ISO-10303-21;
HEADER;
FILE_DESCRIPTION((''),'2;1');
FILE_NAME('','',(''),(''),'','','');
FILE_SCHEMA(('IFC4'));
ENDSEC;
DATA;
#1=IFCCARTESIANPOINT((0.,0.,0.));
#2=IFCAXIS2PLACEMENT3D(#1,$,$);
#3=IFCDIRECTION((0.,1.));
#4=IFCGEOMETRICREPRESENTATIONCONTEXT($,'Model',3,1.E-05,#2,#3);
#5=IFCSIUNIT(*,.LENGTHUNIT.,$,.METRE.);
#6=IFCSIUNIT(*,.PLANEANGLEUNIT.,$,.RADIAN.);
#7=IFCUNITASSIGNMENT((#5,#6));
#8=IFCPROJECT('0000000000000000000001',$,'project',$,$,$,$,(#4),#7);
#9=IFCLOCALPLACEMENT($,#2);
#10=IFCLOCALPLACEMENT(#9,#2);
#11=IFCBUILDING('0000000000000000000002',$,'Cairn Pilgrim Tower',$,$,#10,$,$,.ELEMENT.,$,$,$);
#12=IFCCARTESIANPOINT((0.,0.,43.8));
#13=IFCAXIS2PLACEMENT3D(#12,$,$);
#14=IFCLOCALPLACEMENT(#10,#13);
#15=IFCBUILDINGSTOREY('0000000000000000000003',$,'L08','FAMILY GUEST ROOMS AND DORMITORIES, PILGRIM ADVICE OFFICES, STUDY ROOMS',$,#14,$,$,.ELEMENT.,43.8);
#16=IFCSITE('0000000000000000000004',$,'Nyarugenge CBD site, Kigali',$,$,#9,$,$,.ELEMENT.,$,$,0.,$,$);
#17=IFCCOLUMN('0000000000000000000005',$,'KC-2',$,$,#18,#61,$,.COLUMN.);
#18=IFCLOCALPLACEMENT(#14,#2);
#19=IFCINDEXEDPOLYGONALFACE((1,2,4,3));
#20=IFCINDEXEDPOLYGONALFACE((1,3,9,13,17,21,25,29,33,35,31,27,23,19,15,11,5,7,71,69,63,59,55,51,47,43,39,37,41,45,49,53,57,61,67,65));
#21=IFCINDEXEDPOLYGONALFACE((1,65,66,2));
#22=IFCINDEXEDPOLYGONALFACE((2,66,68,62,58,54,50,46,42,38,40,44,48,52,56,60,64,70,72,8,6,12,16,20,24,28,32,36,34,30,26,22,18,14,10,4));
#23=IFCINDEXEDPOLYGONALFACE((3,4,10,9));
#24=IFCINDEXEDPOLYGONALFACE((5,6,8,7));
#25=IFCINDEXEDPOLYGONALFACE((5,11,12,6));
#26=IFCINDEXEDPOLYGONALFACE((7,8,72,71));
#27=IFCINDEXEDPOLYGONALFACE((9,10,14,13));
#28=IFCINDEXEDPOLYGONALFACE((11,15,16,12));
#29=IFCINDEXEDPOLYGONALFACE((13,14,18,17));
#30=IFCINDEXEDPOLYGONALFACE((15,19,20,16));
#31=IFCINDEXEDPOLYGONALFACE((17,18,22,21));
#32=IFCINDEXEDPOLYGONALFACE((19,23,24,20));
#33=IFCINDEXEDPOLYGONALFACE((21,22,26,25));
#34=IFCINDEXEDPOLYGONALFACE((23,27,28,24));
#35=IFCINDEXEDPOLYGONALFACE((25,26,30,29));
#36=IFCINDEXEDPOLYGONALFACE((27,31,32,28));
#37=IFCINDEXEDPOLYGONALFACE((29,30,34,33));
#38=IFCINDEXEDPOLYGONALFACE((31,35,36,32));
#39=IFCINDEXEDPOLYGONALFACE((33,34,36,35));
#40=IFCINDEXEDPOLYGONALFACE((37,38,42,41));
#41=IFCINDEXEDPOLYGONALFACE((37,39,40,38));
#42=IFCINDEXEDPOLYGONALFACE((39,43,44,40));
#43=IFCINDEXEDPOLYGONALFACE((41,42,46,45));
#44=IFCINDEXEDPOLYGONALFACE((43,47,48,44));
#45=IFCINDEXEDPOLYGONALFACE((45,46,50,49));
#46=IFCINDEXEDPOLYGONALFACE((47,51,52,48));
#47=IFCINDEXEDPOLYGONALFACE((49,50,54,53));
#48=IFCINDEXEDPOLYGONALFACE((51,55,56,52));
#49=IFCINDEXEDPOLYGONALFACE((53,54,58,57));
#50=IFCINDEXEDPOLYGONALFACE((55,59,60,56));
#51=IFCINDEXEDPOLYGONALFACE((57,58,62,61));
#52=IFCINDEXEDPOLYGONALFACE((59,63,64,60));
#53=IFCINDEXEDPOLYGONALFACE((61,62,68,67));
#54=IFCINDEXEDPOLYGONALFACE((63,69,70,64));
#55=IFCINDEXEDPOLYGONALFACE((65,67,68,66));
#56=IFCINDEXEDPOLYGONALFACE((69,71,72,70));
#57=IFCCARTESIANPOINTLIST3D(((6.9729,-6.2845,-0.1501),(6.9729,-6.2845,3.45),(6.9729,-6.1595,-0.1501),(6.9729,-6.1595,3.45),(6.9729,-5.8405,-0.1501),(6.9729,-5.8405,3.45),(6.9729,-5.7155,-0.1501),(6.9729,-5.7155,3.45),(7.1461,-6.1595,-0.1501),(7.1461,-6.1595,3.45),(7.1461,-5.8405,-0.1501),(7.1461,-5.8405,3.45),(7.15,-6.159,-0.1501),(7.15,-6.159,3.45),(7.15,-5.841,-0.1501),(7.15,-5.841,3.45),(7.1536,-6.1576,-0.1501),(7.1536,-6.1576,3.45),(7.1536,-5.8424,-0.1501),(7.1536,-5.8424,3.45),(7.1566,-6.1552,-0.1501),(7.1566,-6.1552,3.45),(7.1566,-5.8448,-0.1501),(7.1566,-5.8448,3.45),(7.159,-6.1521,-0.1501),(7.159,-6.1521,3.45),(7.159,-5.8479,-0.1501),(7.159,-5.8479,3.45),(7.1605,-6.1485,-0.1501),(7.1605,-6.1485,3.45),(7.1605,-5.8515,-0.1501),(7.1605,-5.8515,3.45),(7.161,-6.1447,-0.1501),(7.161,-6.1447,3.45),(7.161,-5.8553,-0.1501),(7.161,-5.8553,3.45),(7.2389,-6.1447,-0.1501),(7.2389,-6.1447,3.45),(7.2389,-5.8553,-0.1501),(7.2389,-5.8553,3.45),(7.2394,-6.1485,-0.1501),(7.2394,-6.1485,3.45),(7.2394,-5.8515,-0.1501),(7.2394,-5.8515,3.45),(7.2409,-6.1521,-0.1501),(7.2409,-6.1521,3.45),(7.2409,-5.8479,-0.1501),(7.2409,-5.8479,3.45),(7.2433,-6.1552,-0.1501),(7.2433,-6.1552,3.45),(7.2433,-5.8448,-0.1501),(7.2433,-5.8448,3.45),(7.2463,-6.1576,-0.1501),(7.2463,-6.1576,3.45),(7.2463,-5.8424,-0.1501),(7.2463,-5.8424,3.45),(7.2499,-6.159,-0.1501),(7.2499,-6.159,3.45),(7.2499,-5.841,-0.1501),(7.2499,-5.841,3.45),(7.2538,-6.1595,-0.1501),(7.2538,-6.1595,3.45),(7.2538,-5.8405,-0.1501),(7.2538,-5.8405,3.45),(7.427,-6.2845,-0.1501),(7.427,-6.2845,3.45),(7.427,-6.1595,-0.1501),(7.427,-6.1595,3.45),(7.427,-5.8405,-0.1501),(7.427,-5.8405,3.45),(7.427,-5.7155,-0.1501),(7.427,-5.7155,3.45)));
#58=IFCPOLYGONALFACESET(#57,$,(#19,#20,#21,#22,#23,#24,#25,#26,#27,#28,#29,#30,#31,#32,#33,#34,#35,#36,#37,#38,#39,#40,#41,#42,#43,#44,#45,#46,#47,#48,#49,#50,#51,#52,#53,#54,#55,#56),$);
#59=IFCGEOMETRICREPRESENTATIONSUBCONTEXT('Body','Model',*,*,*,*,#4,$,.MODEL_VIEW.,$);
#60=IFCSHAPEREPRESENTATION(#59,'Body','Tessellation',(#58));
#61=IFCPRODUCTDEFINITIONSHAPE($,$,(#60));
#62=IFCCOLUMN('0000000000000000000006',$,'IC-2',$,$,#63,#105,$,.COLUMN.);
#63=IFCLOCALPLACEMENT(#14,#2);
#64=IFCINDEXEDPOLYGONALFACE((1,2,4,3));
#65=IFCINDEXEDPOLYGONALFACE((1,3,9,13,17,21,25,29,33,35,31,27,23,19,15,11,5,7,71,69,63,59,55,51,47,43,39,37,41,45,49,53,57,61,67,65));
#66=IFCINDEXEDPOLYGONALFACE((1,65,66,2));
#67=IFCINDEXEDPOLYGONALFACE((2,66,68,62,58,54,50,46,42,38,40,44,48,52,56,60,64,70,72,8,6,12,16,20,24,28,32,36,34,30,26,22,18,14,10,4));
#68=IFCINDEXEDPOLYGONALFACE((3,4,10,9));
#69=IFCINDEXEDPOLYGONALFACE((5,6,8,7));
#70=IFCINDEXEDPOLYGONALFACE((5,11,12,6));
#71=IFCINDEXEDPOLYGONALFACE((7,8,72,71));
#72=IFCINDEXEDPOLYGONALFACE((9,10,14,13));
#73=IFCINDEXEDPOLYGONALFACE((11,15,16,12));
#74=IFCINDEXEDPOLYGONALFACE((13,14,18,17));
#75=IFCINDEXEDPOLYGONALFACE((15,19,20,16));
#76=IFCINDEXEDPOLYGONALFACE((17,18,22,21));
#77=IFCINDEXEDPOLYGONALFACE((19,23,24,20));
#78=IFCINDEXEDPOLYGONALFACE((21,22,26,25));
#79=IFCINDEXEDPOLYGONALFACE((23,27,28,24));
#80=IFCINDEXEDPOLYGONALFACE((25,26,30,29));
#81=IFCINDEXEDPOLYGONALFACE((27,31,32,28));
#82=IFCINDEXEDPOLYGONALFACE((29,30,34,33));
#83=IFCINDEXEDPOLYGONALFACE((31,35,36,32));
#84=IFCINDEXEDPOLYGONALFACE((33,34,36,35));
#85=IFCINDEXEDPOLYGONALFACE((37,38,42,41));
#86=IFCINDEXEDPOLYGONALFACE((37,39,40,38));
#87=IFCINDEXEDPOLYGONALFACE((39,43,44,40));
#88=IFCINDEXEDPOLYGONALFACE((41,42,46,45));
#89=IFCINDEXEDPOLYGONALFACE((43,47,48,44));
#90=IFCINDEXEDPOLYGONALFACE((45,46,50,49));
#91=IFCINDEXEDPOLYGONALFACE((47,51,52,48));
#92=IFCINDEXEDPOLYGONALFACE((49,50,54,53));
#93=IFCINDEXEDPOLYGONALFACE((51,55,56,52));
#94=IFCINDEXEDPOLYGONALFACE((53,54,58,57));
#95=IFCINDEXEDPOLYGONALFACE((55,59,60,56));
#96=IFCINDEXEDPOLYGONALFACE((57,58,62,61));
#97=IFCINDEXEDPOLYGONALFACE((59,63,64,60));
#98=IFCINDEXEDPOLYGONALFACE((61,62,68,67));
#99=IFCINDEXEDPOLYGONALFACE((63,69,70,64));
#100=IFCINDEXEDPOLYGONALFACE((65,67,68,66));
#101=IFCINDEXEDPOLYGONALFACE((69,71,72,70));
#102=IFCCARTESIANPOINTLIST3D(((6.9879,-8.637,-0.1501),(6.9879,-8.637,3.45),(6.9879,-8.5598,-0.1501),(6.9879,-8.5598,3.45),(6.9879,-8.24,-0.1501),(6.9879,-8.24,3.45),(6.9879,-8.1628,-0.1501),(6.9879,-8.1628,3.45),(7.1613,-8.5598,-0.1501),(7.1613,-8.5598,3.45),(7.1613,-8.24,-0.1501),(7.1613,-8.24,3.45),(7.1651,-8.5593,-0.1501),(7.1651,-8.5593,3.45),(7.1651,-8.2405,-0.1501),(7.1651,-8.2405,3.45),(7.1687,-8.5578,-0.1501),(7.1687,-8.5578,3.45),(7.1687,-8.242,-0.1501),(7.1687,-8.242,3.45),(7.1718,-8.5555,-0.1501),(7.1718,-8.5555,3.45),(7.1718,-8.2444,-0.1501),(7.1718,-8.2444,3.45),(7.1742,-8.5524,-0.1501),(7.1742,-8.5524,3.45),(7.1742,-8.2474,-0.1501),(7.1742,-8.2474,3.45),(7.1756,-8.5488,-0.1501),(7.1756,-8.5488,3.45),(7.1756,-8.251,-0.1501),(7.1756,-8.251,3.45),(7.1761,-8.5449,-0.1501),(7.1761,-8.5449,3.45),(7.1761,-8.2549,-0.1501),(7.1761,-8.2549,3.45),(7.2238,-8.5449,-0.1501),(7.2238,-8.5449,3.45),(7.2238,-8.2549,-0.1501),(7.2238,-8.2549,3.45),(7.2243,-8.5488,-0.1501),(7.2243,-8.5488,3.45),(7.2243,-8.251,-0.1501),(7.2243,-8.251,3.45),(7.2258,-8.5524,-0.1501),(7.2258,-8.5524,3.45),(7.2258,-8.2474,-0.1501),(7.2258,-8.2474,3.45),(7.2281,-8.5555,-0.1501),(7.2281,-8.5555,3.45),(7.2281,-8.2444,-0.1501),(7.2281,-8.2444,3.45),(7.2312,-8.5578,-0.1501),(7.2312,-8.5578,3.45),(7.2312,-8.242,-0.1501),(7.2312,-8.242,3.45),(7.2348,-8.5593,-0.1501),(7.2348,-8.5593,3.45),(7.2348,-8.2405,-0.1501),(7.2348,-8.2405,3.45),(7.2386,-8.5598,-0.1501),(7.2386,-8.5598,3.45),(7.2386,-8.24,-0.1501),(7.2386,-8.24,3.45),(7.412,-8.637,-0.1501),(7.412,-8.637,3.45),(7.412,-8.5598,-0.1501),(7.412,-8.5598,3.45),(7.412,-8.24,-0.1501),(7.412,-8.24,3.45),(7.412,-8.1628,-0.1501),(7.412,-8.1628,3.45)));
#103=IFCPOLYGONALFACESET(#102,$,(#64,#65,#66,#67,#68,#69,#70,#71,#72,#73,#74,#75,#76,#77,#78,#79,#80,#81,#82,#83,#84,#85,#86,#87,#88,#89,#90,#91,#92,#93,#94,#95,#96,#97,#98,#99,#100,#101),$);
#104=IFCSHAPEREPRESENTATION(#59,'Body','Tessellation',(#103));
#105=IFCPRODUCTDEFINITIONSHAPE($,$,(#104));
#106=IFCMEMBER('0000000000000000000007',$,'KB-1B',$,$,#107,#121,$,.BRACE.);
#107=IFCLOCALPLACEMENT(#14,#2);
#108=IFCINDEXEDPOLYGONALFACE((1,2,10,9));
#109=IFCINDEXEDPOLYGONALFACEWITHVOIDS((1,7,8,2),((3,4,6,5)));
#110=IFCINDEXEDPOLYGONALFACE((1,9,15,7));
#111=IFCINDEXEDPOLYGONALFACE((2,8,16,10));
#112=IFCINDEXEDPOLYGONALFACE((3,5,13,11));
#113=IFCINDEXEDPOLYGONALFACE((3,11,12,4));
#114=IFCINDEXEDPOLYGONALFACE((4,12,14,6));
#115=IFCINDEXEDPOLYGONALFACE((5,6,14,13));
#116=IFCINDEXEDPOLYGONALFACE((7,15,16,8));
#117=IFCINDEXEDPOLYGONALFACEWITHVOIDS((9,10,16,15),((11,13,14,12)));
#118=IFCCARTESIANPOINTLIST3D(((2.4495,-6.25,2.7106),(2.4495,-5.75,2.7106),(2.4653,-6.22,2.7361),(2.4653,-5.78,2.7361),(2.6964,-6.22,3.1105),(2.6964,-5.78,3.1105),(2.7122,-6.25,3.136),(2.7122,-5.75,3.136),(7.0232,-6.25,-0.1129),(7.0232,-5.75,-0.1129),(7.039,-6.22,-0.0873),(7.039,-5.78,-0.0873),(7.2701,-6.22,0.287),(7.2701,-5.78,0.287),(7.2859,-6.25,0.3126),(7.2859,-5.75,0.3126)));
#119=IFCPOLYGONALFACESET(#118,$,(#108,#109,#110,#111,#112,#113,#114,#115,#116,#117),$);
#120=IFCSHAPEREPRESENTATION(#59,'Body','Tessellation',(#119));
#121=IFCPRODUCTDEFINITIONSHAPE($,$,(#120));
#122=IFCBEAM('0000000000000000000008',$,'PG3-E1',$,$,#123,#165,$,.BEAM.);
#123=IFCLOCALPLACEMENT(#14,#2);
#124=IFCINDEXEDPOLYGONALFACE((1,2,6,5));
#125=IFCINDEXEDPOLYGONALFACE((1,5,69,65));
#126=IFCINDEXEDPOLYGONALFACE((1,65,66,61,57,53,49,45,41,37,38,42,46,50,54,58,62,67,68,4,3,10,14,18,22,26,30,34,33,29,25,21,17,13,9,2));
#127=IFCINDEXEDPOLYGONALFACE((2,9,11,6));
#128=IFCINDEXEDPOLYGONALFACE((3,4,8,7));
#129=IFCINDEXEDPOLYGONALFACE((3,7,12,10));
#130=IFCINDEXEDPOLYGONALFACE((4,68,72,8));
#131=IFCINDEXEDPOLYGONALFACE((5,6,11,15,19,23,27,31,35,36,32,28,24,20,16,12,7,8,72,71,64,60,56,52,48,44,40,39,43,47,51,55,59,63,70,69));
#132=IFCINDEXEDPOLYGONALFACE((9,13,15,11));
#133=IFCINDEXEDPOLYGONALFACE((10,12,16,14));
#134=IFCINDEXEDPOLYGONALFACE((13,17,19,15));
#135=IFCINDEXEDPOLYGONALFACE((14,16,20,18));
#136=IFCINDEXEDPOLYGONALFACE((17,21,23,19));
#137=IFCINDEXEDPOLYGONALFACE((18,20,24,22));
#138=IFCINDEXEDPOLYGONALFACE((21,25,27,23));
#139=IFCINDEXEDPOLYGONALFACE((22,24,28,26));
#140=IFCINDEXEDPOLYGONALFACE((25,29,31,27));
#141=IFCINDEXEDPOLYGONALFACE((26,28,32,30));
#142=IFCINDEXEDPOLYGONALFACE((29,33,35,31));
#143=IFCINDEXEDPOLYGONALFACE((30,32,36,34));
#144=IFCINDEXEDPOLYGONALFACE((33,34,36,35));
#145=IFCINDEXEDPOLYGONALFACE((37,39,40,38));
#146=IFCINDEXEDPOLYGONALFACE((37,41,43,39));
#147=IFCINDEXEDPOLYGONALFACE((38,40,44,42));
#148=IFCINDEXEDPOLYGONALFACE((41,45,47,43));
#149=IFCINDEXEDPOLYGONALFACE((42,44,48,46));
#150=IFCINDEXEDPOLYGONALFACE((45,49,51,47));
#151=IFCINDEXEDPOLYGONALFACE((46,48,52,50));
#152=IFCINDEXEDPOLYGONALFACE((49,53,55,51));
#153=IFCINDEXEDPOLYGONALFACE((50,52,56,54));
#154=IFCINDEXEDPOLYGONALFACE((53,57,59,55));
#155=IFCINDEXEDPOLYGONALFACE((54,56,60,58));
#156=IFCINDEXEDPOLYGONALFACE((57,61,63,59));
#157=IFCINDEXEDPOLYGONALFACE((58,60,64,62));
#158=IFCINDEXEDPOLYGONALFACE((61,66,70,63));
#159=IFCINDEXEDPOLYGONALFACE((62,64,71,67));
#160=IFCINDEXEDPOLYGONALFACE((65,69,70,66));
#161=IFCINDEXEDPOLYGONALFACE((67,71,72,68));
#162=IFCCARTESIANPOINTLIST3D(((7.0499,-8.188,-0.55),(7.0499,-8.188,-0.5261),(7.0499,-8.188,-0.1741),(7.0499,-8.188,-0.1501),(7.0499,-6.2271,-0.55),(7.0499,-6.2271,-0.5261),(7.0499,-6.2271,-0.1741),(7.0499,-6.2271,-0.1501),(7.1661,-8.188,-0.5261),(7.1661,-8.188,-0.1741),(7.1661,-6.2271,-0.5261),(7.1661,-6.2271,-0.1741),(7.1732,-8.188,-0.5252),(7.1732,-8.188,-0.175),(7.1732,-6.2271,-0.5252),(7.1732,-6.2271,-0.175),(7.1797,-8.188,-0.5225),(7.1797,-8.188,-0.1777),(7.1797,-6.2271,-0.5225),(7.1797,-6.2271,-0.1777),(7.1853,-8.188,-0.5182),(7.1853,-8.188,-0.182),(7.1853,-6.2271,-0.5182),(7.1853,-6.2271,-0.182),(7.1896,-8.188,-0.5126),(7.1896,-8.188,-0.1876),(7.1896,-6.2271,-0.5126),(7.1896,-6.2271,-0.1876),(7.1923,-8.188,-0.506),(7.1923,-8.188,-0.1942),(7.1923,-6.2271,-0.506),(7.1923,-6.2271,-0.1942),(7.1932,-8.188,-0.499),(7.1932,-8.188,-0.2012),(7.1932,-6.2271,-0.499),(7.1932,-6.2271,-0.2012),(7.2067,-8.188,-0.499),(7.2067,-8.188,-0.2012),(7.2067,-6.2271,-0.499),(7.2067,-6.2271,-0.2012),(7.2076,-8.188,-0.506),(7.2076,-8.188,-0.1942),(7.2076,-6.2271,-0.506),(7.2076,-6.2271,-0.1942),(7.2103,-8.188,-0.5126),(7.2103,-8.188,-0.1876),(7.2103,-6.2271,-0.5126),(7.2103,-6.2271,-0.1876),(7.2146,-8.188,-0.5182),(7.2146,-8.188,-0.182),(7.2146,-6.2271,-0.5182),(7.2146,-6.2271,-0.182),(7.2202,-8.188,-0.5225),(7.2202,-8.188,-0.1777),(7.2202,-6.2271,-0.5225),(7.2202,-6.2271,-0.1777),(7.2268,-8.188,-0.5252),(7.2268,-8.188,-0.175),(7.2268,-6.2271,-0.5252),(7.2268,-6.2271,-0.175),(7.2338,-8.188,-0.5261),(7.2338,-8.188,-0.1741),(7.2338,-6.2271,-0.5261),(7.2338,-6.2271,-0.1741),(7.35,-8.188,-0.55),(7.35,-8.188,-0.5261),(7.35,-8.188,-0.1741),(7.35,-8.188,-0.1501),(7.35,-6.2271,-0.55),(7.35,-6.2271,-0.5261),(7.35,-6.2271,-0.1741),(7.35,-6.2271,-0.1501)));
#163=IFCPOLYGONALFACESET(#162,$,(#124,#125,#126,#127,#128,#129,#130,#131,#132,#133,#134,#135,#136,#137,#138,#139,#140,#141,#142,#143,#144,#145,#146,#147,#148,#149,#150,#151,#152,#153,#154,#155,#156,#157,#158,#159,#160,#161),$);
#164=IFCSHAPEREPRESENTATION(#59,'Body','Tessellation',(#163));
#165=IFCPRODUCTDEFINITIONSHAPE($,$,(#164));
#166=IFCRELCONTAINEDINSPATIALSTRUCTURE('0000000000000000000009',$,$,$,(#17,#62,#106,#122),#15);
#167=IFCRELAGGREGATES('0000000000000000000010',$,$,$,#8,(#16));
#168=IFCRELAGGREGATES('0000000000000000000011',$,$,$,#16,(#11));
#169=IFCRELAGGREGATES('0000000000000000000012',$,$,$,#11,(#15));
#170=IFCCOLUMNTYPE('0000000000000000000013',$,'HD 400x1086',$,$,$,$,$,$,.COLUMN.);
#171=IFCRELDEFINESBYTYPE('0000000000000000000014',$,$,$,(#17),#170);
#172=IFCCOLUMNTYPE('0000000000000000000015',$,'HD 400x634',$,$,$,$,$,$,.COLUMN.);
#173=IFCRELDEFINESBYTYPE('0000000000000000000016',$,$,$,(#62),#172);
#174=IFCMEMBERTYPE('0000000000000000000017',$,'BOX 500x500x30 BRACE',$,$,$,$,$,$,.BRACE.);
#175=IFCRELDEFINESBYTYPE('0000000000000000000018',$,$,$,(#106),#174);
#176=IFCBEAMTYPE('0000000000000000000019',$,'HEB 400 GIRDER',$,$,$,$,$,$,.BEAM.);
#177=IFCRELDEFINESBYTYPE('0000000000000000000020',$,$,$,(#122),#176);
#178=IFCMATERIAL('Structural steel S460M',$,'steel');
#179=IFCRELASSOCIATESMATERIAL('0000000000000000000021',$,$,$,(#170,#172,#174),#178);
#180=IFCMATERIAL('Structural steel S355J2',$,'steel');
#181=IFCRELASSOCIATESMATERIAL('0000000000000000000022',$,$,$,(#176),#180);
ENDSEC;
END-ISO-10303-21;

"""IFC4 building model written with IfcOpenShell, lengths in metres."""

from ifc_helpers import new_model, si_unit, direction, frame, origin, origin_2d, place, context, subcontext, project, spatial, hollow_rectangle, i_section, extrude, material, material_profile, profile_set, type_object, element, save


model = new_model("IFC4")

# Units and contexts
model_context = context("Model", 3, precision=1e-05, world=origin(), true_north=direction((0.0, 1.0)))
body_context = subcontext(model_context, "Body", "Model", "MODEL_VIEW")
ifc_project = project(units=[si_unit("LENGTHUNIT", "METRE"), si_unit("PLANEANGLEUNIT", "RADIAN")], contexts=[model_context])

# Site, building, storey
site_placement = place(None, origin())
site = spatial("IfcSite", under=ifc_project, at=site_placement, Name="Nyarugenge CBD site, Kigali", CompositionType="ELEMENT", RefElevation=0.0)
building_placement = place(site_placement, origin())
building = spatial("IfcBuilding", under=site, at=building_placement, Name="Cairn Pilgrim Tower", CompositionType="ELEMENT")
storey_placement = place(building_placement, frame((0.0, 0.0, 43.8)))
storey = spatial("IfcBuildingStorey", under=building, at=storey_placement, Name="L08", Description="FAMILY GUEST ROOMS AND DORMITORIES, PILGRIM ADVICE OFFICES, STUDY ROOMS", CompositionType="ELEMENT", Elevation=43.8)

# Columns
ifc_material_1 = material(Name="Structural steel S460M", Category="steel")
ifc_material_profile_1 = material_profile(ifc_material_1, i_section(OverallWidth=0.4541, OverallDepth=0.5691, WebThickness=0.0779, FlangeThickness=0.125, FilletRadius=0.0149, at=origin_2d()), Name="HD 400x1086")
ifc_profile_set_1 = profile_set([ifc_material_profile_1], Name="Structural steel S460M")
column_type_1 = type_object("IfcColumnType", Name="HD 400x1086", PredefinedType="COLUMN", material=ifc_profile_set_1)
column_1_placement = place(storey_placement, frame((7.2, -6.0, -0.1501), z_axis=(0.0, 0.0, 1.0), x_axis=(1.0, 0.0, 0.0)))
element("IfcColumn", 1, at=column_1_placement, inside=storey, type_object=column_type_1, Name="KC-2", PredefinedType="COLUMN", context=body_context, shape_type="SweptSolid", body=[
    extrude(i_section(OverallWidth=0.4541, OverallDepth=0.5691, WebThickness=0.0779, FlangeThickness=0.125, FilletRadius=0.0149, at=origin_2d()), origin(), (0.0, 0.0, 1.0), 3.6001),
])
ifc_material_profile_2 = material_profile(ifc_material_1, i_section(OverallWidth=0.4241, OverallDepth=0.4741, WebThickness=0.0476, FlangeThickness=0.0771, FilletRadius=0.0149, at=origin_2d()), Name="HD 400x634")
ifc_profile_set_2 = profile_set([ifc_material_profile_2], Name="Structural steel S460M")
column_type_2 = type_object("IfcColumnType", Name="HD 400x634", PredefinedType="COLUMN", material=ifc_profile_set_2)
column_2_placement = place(storey_placement, frame((7.2, -8.3999, -0.1501), z_axis=(0.0, 0.0, 1.0), x_axis=(1.0, 0.0, 0.0)))
element("IfcColumn", 2, at=column_2_placement, inside=storey, type_object=column_type_2, Name="IC-2", PredefinedType="COLUMN", context=body_context, shape_type="SweptSolid", body=[
    extrude(i_section(OverallWidth=0.4241, OverallDepth=0.4741, WebThickness=0.0476, FlangeThickness=0.0771, FilletRadius=0.0149, at=origin_2d()), origin(), (0.0, 0.0, 1.0), 3.6001),
])

# Member
ifc_material_profile_3 = material_profile(ifc_material_1, hollow_rectangle(XDim=0.5, YDim=0.5, WallThickness=0.03, at=origin_2d()), Name="BOX 500x500x30")
ifc_profile_set_3 = profile_set([ifc_material_profile_3], Name="Structural steel S460M")
member_type = type_object("IfcMemberType", Name="BOX 500x500x30 BRACE", PredefinedType="BRACE", material=ifc_profile_set_3)
member_placement = place(storey_placement, frame((7.1545, -6.0, 0.0999), z_axis=(-0.85092, 0.0, 0.525296), x_axis=(0.0, -1.0, 0.0)))
element("IfcMember", 3, at=member_placement, inside=storey, type_object=member_type, Name="KB-1B", PredefinedType="BRACE", context=body_context, shape_type="SweptSolid", body=[
    extrude(hollow_rectangle(XDim=0.5, YDim=0.5, WallThickness=0.03, at=origin_2d()), origin(), (0.0, 0.0, 1.0), 5.375),
])

# Beam
ifc_material_2 = material(Name="Structural steel S355J2", Category="steel")
ifc_material_profile_4 = material_profile(ifc_material_2, i_section(OverallWidth=0.3, OverallDepth=0.3999, WebThickness=0.0134, FlangeThickness=0.0239, FilletRadius=0.0271, at=origin_2d()), Name="HEB 400")
ifc_profile_set_4 = profile_set([ifc_material_profile_4], Name="Structural steel S355J2")
beam_type_1 = type_object("IfcBeamType", Name="HEB 400 GIRDER", PredefinedType="BEAM", material=ifc_profile_set_4)
beam_1_placement = place(storey_placement, frame((7.2, -8.188, -0.3501), z_axis=(0.0, 1.0, 0.0), x_axis=(-1.0, 0.0, 0.0)))
element("IfcBeam", 4, at=beam_1_placement, inside=storey, type_object=beam_type_1, Name="PG3-E1", PredefinedType="BEAM", context=body_context, shape_type="SweptSolid", body=[
    extrude(i_section(OverallWidth=0.3, OverallDepth=0.3999, WebThickness=0.0134, FlangeThickness=0.0239, FilletRadius=0.0271, at=origin_2d()), origin(), (0.0, 0.0, 1.0), 1.9609),
])

save(model, "model.ifc")
